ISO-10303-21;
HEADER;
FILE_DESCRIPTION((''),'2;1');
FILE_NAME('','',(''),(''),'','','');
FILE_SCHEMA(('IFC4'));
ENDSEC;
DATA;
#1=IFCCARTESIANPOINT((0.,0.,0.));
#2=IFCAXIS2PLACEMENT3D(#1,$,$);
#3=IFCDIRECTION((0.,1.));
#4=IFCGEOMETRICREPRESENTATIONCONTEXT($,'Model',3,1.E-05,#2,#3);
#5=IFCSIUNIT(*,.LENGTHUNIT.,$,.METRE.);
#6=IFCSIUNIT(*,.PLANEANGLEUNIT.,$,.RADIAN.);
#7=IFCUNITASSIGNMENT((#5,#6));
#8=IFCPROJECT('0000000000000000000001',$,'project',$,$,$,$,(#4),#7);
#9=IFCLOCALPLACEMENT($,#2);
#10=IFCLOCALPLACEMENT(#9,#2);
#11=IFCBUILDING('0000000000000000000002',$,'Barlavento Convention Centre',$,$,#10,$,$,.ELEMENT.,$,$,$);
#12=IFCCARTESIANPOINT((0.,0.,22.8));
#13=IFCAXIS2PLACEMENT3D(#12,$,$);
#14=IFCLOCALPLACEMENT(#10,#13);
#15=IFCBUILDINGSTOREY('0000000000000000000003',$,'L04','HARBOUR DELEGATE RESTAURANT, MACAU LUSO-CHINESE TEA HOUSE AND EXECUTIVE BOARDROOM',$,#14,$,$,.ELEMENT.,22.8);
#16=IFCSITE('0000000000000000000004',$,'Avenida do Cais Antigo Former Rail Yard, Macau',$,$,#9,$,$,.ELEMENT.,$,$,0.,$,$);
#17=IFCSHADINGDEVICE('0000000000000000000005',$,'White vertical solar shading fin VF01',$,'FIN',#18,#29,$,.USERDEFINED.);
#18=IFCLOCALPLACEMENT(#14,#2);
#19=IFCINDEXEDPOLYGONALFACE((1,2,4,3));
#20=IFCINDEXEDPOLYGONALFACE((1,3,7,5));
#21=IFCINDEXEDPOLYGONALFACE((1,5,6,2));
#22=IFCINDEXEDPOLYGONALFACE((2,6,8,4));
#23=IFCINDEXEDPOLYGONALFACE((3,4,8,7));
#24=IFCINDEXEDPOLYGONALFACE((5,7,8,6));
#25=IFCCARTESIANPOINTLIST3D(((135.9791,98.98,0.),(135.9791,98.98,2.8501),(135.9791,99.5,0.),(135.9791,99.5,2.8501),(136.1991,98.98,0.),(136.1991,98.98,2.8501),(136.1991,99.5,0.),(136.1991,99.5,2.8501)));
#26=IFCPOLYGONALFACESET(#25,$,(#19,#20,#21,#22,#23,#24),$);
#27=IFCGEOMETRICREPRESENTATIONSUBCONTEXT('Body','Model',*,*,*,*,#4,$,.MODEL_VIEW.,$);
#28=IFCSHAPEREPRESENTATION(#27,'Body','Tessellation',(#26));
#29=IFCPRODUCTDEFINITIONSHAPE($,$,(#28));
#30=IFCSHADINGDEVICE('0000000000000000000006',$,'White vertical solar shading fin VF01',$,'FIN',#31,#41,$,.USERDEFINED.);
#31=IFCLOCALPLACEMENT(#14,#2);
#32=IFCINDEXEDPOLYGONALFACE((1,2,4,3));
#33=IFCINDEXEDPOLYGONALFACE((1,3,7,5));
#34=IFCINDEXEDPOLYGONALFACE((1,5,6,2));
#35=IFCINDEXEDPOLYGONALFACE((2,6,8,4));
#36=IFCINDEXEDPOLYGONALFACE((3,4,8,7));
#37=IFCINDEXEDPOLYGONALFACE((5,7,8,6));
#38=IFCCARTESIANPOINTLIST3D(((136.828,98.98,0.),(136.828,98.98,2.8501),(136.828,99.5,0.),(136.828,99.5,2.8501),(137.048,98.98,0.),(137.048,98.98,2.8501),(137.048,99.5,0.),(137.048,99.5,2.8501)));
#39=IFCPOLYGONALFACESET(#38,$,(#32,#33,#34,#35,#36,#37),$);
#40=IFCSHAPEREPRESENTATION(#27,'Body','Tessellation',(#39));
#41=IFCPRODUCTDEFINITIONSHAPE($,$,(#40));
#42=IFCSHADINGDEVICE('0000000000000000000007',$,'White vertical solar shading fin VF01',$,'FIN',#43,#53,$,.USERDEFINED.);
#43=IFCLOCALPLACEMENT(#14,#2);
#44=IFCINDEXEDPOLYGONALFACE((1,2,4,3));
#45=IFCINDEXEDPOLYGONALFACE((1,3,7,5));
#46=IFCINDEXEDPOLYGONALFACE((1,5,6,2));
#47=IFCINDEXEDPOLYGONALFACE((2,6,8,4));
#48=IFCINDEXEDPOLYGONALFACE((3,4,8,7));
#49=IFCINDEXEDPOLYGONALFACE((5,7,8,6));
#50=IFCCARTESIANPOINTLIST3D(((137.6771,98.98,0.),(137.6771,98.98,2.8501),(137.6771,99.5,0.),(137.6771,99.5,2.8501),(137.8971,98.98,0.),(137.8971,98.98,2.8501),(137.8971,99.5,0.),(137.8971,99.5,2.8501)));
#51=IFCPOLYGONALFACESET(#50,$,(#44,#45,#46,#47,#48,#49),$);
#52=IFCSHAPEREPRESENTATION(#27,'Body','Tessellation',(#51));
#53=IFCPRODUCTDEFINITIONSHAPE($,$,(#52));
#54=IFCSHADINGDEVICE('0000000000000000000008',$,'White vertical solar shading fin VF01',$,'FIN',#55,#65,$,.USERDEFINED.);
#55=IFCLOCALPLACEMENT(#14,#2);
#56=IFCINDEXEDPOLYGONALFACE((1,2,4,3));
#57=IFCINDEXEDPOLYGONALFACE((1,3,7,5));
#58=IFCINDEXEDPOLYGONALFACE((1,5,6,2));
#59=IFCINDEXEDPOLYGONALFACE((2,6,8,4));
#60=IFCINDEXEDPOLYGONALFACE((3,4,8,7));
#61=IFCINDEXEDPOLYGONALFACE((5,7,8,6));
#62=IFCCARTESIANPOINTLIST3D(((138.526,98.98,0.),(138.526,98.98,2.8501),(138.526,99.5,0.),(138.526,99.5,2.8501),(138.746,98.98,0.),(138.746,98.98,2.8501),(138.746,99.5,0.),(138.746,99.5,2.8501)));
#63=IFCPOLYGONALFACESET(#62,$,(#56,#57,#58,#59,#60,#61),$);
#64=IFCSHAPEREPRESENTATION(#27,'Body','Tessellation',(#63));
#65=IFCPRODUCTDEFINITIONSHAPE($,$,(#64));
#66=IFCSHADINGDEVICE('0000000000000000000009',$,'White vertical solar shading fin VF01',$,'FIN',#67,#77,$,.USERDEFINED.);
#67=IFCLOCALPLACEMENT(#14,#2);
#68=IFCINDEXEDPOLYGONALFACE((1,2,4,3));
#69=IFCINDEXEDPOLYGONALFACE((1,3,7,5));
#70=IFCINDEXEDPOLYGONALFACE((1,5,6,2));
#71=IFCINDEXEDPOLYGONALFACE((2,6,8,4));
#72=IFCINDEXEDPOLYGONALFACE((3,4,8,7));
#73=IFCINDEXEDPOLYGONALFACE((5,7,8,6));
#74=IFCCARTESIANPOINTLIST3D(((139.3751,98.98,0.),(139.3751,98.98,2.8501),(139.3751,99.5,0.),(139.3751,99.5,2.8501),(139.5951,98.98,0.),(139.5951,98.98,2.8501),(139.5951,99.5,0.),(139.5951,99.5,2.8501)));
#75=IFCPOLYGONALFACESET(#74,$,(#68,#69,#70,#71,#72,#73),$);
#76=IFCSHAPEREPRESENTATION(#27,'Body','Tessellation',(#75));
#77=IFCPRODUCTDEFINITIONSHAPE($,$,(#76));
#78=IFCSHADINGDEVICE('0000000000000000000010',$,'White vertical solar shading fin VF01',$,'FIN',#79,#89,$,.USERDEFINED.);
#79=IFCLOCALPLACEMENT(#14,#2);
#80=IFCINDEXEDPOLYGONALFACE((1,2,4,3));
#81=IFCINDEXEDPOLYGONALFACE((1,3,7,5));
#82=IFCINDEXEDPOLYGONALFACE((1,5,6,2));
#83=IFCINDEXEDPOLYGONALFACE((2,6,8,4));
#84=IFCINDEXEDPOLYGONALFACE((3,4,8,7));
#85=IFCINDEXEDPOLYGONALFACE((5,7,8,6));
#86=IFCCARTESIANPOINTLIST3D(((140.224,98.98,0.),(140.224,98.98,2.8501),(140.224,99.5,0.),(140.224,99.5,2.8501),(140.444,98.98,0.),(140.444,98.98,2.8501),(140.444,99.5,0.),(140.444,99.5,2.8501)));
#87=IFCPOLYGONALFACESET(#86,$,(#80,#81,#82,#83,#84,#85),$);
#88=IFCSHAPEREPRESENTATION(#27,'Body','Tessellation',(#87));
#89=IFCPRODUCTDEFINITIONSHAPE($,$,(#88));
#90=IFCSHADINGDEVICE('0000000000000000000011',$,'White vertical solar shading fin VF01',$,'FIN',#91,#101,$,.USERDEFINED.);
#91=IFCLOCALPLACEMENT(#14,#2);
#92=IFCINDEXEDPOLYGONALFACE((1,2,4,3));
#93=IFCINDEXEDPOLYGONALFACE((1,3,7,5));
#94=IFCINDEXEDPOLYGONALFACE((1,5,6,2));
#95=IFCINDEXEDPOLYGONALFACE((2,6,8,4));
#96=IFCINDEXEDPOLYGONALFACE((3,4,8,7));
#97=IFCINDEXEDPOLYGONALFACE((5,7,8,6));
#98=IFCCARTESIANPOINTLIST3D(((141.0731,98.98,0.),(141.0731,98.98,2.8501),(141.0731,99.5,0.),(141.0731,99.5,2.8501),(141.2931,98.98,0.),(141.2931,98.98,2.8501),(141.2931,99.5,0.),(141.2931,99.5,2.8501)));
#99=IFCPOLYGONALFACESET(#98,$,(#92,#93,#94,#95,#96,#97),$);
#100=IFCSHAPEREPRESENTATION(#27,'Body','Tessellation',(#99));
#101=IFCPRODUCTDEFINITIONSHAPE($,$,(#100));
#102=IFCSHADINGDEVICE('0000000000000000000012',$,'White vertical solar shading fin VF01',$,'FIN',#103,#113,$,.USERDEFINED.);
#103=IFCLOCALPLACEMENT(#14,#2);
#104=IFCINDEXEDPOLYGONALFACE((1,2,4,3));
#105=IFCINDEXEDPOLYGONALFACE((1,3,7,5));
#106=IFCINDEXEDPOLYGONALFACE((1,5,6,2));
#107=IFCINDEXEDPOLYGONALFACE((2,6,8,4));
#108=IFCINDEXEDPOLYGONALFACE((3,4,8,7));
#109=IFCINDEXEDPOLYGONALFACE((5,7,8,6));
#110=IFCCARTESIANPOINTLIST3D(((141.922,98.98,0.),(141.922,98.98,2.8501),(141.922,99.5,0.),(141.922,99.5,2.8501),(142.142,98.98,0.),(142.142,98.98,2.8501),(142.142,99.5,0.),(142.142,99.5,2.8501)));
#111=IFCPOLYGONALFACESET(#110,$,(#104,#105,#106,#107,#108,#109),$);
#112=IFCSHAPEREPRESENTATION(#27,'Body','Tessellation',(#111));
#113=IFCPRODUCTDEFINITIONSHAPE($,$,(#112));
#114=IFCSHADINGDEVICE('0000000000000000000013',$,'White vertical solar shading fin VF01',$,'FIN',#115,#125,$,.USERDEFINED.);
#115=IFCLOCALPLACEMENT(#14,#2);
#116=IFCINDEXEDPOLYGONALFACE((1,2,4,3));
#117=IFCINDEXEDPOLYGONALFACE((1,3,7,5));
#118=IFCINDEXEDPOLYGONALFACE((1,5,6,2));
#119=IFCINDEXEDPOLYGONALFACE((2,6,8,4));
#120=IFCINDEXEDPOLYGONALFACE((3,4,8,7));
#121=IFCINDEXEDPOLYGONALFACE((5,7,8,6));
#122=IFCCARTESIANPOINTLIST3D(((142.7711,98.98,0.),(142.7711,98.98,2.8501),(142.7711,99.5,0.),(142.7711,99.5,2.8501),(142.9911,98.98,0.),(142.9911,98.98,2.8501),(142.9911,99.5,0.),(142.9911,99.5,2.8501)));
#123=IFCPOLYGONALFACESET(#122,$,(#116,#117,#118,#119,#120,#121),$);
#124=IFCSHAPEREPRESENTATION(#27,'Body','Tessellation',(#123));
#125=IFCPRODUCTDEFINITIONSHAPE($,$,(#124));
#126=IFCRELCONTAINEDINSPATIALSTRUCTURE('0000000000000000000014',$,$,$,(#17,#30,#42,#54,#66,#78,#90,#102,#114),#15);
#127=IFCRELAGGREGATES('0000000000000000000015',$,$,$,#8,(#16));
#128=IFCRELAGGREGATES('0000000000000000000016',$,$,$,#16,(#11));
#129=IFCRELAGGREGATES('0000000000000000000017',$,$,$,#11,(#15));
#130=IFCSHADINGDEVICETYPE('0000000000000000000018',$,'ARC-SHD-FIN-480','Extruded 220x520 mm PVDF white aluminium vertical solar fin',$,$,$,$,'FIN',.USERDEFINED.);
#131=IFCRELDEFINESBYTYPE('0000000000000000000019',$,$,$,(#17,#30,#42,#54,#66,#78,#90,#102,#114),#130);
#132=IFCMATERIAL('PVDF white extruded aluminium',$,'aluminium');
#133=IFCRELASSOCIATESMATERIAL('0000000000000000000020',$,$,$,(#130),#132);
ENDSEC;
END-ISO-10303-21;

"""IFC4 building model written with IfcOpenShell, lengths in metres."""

from ifc_helpers import new_model, si_unit, direction, frame, origin, origin_2d, place, context, subcontext, project, spatial, rectangle, extrude, material, type_object, element, save


model = new_model("IFC4")

# Units and contexts
model_context = context("Model", 3, precision=1e-05, world=origin(), true_north=direction((0.0, 1.0)))
body_context = subcontext(model_context, "Body", "Model", "MODEL_VIEW")
ifc_project = project(units=[si_unit("LENGTHUNIT", "METRE"), si_unit("PLANEANGLEUNIT", "RADIAN")], contexts=[model_context])

# Site, building, storey
site_placement = place(None, origin())
site = spatial("IfcSite", under=ifc_project, at=site_placement, Name="Avenida do Cais Antigo Former Rail Yard, Macau", CompositionType="ELEMENT", RefElevation=0.0)
building_placement = place(site_placement, origin())
building = spatial("IfcBuilding", under=site, at=building_placement, Name="Barlavento Convention Centre", CompositionType="ELEMENT")
storey_placement = place(building_placement, frame((0.0, 0.0, 22.8)))
storey = spatial("IfcBuildingStorey", under=building, at=storey_placement, Name="L04", Description="HARBOUR DELEGATE RESTAURANT, MACAU LUSO-CHINESE TEA HOUSE AND EXECUTIVE BOARDROOM", CompositionType="ELEMENT", Elevation=22.8)

# Shading devices
ifc_material_1 = material(Name="PVDF white extruded aluminium", Category="aluminium")
shading_device_type = type_object("IfcShadingDeviceType", Name="ARC-SHD-FIN-480", Description="Extruded 220x520 mm PVDF white aluminium vertical solar fin", ElementType="FIN", PredefinedType="USERDEFINED", material=ifc_material_1)
for number, where, z_axis, x_axis, name in (
    (1, (136.0891, 99.24, 0.0), (0.0, 0.0, 1.0), (1.0, 0.0, 0.0), "White vertical solar shading fin VF01"),
    (2, (136.938, 99.24, 0.0), (0.0, 0.0, 1.0), (1.0, 0.0, 0.0), "White vertical solar shading fin VF01"),
    (3, (137.7871, 99.24, 0.0), (0.0, 0.0, 1.0), (1.0, 0.0, 0.0), "White vertical solar shading fin VF01"),
    (4, (138.636, 99.24, 0.0), (0.0, 0.0, 1.0), (1.0, 0.0, 0.0), "White vertical solar shading fin VF01"),
    (5, (139.4851, 99.24, 0.0), (0.0, 0.0, 1.0), (1.0, 0.0, 0.0), "White vertical solar shading fin VF01"),
    (6, (140.334, 99.24, 0.0), (0.0, 0.0, 1.0), (1.0, 0.0, 0.0), "White vertical solar shading fin VF01"),
    (7, (141.1831, 99.24, 0.0), (0.0, 0.0, 1.0), (1.0, 0.0, 0.0), "White vertical solar shading fin VF01"),
    (8, (142.032, 99.24, 0.0), (0.0, 0.0, 1.0), (1.0, 0.0, 0.0), "White vertical solar shading fin VF01"),
    (9, (142.8811, 99.24, 0.0), (0.0, 0.0, 1.0), (1.0, 0.0, 0.0), "White vertical solar shading fin VF01"),
):
    element("IfcShadingDevice", number, at=place(storey_placement, frame(where, z_axis=z_axis, x_axis=x_axis)), inside=storey, type_object=shading_device_type, Name=name, ObjectType="FIN", PredefinedType="USERDEFINED", context=body_context, shape_type="SweptSolid", body=[
        extrude(rectangle(XDim=0.22, YDim=0.52, at=origin_2d()), origin(), (0.0, 0.0, 1.0), 2.8501),
    ])

save(model, "model.ifc")
